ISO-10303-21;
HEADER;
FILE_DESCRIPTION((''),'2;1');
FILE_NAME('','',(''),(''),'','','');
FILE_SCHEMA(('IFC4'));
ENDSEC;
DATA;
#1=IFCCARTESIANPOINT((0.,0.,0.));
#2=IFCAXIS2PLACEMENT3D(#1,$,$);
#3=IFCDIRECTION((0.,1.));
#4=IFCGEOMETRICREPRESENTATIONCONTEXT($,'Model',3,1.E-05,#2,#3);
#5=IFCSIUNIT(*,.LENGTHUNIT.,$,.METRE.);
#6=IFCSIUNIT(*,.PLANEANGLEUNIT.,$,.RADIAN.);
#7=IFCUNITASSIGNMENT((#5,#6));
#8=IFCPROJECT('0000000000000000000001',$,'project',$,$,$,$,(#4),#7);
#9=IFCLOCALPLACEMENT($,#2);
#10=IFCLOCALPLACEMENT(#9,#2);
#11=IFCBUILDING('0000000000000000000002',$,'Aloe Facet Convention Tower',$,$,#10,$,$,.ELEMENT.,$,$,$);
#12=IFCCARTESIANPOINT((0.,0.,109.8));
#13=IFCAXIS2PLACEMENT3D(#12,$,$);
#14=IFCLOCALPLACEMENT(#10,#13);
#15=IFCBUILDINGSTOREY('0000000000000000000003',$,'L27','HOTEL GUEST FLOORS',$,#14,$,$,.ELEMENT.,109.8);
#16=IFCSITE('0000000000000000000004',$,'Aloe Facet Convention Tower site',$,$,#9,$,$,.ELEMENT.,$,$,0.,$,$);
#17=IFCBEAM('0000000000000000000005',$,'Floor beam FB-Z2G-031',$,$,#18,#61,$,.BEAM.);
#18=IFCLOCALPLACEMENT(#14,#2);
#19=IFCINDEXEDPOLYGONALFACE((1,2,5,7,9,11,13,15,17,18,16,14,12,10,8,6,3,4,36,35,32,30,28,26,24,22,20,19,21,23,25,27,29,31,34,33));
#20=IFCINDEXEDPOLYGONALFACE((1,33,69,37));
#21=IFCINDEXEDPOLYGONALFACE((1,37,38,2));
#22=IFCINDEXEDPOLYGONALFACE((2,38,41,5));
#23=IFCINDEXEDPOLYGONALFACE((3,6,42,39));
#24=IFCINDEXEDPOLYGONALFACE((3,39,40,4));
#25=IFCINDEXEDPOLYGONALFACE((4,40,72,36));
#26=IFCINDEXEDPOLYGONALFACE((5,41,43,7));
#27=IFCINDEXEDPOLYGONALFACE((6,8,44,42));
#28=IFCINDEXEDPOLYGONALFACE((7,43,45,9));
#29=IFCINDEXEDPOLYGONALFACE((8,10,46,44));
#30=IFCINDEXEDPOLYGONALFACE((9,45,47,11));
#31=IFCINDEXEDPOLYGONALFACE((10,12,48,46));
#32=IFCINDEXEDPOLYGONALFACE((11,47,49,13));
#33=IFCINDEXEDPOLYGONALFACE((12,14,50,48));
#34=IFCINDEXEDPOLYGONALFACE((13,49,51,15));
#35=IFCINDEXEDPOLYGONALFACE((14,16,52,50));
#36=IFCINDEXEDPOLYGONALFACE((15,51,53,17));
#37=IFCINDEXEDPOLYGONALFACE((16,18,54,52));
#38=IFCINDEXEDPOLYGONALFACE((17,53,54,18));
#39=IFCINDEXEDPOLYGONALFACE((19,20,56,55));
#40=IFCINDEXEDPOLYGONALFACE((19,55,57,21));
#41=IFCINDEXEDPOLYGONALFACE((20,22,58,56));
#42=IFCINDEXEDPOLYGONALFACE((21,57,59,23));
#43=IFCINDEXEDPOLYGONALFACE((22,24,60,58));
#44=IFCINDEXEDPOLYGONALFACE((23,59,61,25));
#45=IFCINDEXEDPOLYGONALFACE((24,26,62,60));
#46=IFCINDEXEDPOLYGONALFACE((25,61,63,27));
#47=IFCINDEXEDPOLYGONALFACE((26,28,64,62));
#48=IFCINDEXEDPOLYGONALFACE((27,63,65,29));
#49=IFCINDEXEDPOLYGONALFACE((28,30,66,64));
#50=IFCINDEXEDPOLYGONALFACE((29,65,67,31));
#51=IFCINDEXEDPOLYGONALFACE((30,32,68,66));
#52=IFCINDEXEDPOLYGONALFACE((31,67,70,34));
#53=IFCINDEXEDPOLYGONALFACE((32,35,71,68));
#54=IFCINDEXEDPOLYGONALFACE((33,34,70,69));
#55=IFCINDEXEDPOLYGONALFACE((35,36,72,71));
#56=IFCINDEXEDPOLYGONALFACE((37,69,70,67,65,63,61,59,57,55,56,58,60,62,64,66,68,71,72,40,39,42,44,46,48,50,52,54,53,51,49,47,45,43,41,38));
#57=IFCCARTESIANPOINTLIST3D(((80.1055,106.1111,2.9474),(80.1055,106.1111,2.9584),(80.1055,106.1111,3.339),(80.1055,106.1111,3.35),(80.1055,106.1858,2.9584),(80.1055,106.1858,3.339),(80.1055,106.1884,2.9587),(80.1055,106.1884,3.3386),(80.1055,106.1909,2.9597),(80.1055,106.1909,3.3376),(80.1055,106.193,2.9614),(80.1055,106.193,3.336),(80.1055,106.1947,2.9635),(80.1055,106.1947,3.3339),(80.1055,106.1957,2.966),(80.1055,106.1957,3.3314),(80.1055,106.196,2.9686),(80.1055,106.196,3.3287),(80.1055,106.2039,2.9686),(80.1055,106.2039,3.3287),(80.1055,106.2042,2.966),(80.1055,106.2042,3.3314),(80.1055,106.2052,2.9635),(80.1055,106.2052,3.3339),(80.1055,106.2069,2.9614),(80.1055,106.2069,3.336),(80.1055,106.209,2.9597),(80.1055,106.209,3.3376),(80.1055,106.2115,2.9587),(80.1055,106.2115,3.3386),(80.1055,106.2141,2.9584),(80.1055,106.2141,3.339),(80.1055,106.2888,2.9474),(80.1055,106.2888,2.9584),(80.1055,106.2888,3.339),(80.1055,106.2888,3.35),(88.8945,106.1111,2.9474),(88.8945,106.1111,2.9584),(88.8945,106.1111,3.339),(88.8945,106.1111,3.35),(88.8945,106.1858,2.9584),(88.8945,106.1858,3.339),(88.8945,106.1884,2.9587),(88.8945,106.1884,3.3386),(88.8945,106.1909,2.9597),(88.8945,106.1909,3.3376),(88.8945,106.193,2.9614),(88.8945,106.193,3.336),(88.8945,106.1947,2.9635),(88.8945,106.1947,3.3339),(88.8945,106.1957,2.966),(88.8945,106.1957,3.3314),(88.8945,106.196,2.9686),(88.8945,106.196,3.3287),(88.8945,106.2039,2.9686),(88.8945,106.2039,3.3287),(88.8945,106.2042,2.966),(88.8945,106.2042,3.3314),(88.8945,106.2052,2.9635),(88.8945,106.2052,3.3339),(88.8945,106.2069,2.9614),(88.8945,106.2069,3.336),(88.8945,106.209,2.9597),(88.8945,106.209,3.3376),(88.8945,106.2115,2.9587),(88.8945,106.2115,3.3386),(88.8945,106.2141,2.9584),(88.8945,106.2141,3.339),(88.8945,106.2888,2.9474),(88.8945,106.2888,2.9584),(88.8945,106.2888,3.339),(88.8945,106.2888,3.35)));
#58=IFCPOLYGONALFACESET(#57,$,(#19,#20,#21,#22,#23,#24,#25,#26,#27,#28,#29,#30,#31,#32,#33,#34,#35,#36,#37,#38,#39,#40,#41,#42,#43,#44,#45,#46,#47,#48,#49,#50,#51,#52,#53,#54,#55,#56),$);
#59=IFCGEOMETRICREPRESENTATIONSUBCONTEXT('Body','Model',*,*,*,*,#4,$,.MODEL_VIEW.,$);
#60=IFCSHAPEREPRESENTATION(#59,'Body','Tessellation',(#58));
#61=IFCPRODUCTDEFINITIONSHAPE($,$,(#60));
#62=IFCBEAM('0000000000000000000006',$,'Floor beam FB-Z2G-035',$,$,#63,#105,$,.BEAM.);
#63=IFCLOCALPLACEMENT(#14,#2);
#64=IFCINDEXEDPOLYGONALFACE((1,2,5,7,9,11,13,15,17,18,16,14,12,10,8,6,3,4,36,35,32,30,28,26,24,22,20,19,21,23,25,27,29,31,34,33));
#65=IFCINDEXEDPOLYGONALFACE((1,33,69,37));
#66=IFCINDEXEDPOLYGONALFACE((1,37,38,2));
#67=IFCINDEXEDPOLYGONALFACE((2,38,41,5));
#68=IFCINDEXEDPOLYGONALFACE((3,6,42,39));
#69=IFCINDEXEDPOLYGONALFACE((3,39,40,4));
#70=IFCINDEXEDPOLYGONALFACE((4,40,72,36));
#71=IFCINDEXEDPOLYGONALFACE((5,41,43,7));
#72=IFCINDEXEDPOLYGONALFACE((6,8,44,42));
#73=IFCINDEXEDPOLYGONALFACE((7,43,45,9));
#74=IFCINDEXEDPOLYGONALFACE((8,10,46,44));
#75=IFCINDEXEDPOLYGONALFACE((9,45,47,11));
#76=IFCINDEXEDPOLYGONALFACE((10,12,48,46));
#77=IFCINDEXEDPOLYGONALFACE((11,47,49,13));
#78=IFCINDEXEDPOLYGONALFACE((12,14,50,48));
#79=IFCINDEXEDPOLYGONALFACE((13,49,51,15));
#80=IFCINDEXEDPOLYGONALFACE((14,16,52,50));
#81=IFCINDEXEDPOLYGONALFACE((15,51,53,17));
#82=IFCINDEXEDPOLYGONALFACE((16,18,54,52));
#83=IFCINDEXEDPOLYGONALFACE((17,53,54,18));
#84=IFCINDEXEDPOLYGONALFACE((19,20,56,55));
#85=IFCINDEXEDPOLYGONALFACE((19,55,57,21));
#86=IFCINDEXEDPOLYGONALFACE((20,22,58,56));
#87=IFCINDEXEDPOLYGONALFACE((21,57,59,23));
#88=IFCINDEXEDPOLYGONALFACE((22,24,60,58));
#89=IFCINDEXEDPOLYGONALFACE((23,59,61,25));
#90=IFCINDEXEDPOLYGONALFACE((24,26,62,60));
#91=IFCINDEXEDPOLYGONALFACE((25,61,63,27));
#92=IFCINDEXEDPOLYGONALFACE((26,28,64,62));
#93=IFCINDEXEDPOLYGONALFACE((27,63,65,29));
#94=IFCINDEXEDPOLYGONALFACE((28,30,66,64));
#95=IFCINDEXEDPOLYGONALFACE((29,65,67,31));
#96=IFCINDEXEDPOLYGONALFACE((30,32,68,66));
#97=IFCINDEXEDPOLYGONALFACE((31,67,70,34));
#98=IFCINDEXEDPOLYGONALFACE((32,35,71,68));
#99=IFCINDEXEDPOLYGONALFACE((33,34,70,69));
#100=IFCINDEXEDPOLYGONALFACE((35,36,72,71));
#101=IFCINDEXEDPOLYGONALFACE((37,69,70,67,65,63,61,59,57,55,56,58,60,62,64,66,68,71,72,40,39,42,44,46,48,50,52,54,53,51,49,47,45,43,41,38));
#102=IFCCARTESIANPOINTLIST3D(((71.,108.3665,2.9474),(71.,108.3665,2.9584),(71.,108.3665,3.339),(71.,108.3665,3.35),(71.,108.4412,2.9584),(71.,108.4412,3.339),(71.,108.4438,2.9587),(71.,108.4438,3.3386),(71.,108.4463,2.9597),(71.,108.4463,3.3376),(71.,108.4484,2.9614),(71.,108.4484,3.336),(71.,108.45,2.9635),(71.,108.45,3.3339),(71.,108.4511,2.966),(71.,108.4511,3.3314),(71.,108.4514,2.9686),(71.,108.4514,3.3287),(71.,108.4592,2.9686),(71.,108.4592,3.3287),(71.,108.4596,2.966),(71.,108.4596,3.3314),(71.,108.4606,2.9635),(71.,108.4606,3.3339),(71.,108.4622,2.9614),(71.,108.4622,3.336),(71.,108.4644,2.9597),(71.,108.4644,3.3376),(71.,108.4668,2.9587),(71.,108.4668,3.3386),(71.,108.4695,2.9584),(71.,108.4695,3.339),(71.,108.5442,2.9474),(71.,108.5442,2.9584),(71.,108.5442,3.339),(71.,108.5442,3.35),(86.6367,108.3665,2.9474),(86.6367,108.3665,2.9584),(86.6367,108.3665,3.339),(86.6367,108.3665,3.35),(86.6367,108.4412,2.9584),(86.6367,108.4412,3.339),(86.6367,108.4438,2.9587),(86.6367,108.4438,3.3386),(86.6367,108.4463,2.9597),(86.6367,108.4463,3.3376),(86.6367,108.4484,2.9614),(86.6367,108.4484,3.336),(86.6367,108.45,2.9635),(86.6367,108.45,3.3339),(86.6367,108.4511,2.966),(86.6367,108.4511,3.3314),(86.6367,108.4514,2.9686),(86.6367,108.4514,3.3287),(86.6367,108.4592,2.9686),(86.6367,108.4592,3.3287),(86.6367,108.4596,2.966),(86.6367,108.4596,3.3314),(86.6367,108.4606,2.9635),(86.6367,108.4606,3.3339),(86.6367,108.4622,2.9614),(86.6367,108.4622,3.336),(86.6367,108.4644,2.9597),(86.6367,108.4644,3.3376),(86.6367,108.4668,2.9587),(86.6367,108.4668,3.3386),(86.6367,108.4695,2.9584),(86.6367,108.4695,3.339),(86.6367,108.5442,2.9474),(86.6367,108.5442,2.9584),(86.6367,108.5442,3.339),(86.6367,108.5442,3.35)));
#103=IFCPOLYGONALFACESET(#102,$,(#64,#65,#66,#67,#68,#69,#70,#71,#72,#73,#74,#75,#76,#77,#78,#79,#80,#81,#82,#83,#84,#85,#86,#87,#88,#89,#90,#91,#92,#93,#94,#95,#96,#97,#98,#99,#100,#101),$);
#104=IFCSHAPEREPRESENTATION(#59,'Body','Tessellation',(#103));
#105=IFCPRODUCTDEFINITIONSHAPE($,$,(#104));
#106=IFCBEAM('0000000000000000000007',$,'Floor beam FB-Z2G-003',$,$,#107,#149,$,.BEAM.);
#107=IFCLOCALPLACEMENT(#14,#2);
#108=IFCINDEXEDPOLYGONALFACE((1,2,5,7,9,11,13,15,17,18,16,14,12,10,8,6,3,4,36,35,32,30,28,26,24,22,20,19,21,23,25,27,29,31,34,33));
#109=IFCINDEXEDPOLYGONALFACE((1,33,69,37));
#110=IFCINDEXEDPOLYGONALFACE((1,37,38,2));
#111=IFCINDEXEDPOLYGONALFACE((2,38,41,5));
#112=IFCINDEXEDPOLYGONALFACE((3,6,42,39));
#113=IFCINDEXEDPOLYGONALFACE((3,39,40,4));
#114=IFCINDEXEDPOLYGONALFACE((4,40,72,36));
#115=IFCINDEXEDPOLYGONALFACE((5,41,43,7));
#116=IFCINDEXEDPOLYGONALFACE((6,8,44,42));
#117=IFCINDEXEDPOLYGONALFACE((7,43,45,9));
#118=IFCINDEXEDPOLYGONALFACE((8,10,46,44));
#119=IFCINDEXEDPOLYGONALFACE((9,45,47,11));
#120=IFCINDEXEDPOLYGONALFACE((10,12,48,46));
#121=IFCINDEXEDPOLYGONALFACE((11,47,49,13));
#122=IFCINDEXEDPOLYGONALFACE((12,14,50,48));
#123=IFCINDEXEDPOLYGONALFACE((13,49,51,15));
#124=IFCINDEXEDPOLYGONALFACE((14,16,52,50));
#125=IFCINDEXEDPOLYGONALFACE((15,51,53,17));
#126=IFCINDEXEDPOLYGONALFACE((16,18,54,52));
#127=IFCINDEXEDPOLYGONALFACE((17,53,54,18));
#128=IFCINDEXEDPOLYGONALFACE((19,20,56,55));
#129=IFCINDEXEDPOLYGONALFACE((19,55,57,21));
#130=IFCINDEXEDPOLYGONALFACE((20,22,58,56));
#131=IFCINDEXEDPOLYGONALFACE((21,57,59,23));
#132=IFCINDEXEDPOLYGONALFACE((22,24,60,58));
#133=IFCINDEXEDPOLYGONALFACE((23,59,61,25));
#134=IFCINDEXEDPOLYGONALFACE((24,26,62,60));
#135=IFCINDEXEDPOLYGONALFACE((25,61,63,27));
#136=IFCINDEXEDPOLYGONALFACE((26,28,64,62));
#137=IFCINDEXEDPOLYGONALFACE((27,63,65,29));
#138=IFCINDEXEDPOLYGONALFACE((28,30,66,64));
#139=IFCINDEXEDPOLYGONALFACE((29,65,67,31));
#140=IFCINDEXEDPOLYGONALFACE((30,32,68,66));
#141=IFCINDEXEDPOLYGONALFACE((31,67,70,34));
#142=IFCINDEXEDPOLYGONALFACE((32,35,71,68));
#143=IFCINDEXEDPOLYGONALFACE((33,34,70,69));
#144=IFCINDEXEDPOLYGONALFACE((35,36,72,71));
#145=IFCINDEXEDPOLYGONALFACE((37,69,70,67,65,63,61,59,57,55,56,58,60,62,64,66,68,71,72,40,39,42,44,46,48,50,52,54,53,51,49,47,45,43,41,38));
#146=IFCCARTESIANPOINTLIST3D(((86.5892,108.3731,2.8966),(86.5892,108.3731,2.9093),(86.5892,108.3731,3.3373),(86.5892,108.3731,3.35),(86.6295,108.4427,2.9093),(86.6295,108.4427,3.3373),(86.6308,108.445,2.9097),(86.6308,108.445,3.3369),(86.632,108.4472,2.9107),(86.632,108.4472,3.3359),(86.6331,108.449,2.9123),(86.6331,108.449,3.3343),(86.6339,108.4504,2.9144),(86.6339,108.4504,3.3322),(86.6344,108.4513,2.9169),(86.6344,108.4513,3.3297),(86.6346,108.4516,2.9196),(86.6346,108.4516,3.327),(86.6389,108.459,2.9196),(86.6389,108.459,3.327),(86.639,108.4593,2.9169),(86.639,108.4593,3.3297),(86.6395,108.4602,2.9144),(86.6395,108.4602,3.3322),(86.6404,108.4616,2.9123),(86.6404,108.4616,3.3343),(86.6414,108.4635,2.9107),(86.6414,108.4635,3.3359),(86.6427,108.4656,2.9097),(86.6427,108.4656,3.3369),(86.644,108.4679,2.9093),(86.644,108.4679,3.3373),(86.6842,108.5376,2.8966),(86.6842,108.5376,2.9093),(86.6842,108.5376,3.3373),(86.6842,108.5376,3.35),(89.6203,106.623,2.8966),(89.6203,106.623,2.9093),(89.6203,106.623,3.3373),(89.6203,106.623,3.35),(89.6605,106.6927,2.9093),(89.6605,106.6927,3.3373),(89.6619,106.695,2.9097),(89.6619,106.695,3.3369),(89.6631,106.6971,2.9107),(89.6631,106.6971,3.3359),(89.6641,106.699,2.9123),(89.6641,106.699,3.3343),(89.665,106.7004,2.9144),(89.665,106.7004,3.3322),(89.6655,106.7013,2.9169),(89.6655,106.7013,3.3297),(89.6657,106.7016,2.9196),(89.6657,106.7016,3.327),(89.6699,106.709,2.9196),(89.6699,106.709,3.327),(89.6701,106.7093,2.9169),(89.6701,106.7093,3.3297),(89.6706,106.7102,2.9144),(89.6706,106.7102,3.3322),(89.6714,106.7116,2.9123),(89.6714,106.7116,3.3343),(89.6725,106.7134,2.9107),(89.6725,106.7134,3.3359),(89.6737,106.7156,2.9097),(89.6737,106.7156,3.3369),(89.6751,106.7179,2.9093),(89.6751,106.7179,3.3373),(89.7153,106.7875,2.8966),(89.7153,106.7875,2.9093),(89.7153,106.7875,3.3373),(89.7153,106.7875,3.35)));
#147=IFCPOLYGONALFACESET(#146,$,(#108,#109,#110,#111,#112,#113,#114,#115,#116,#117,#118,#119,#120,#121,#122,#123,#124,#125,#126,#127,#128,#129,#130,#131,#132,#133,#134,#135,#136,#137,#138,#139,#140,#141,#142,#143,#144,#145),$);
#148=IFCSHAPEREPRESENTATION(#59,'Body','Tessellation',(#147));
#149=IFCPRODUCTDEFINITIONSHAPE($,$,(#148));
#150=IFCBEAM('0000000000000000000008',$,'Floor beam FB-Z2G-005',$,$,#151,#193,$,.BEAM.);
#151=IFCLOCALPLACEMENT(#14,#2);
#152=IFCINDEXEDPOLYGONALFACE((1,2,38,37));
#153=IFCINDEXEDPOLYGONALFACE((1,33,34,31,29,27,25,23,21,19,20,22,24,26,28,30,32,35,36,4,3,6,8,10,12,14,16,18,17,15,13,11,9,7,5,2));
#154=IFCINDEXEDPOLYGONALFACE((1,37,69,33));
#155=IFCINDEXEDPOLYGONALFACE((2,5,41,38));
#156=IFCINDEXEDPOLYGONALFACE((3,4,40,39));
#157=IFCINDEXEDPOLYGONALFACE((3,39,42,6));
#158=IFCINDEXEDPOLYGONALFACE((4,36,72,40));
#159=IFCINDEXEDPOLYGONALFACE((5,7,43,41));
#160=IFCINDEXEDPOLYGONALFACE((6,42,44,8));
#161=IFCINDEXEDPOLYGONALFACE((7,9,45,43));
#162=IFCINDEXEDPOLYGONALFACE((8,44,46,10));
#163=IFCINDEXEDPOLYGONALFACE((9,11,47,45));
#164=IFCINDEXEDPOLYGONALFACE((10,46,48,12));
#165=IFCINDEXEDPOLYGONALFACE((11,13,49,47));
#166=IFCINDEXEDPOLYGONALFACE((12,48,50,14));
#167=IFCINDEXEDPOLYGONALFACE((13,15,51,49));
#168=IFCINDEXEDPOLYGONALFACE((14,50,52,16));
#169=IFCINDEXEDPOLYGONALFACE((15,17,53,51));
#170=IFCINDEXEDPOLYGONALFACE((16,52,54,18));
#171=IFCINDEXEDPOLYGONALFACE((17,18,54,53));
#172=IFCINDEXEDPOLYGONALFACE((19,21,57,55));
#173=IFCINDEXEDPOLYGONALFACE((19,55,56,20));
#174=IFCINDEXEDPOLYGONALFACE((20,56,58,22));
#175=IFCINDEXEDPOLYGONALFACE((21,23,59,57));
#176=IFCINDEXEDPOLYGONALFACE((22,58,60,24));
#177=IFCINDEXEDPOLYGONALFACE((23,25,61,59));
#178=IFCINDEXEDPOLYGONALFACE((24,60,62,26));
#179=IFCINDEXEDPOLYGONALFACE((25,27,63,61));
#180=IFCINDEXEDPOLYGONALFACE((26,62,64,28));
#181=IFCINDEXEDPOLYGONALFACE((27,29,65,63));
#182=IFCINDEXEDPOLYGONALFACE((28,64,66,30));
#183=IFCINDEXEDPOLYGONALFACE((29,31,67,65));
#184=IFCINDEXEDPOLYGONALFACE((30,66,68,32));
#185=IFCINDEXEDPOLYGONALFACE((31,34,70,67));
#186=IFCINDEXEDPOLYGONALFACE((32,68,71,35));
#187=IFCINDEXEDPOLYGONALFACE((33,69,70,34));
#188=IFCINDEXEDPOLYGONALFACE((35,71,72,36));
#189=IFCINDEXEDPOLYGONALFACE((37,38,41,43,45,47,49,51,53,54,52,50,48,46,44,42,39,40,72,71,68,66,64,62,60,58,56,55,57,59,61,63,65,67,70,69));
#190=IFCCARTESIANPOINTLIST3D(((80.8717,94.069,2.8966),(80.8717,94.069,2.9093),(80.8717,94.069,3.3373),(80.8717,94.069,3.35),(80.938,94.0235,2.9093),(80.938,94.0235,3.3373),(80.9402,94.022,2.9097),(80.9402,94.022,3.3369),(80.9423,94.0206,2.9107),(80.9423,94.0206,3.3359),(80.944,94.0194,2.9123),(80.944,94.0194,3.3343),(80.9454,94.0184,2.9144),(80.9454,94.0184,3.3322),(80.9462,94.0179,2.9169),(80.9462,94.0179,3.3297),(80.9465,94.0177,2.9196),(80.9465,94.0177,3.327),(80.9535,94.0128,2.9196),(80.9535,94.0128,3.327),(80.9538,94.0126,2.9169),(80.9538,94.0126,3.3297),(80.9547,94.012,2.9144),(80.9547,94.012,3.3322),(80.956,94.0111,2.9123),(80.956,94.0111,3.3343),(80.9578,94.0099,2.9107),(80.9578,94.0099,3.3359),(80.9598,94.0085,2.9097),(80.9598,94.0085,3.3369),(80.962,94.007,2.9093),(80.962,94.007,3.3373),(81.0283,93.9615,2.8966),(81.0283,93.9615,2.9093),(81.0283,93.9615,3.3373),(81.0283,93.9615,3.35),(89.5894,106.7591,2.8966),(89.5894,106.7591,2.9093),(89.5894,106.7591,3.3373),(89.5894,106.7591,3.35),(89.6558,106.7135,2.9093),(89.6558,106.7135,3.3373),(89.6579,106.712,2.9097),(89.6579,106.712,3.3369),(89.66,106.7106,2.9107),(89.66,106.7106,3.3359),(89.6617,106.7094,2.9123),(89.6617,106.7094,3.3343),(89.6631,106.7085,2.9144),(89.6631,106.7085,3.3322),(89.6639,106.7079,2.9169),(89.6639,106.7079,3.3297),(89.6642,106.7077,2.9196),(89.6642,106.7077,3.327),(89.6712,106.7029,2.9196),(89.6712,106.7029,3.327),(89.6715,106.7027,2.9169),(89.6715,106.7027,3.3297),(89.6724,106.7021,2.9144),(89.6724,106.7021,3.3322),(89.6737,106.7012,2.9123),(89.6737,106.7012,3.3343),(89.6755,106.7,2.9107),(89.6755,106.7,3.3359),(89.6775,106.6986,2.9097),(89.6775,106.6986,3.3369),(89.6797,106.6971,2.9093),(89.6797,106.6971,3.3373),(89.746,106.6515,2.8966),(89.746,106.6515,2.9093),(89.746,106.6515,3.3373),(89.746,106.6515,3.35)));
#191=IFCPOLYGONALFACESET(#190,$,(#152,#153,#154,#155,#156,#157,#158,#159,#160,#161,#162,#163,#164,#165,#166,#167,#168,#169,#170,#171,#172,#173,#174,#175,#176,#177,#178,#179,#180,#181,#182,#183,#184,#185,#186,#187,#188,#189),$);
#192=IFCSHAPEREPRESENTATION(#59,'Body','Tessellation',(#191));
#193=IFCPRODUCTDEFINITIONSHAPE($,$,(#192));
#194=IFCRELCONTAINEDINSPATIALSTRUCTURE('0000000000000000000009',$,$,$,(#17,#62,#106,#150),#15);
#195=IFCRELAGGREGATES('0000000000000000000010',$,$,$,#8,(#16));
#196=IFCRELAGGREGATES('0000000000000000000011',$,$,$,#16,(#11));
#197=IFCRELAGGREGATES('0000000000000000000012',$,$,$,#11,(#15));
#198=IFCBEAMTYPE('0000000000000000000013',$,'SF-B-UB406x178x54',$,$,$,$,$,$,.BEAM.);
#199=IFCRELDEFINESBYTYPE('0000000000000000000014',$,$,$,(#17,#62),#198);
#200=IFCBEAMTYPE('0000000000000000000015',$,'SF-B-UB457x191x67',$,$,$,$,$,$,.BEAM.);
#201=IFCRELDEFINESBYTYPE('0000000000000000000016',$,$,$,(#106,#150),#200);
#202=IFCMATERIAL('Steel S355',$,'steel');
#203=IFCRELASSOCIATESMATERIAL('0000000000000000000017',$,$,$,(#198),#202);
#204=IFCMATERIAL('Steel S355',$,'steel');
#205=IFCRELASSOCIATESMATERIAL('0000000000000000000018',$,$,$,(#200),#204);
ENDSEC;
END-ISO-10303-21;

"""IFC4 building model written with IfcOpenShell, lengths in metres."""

from ifc_helpers import new_model, si_unit, direction, frame, origin, origin_2d, place, context, subcontext, project, spatial, i_section, extrude, material, material_profile, profile_set, type_object, element, save


model = new_model("IFC4")

# Units and contexts
model_context = context("Model", 3, precision=1e-05, world=origin(), true_north=direction((0.0, 1.0)))
body_context = subcontext(model_context, "Body", "Model", "MODEL_VIEW")
ifc_project = project(units=[si_unit("LENGTHUNIT", "METRE"), si_unit("PLANEANGLEUNIT", "RADIAN")], contexts=[model_context])

# Site, building, storey
site_placement = place(None, origin())
site = spatial("IfcSite", under=ifc_project, at=site_placement, Name="Aloe Facet Convention Tower site", CompositionType="ELEMENT", RefElevation=0.0)
building_placement = place(site_placement, origin())
building = spatial("IfcBuilding", under=site, at=building_placement, Name="Aloe Facet Convention Tower", CompositionType="ELEMENT")
storey_placement = place(building_placement, frame((0.0, 0.0, 109.8)))
storey = spatial("IfcBuildingStorey", under=building, at=storey_placement, Name="L27", Description="HOTEL GUEST FLOORS", CompositionType="ELEMENT", Elevation=109.8)

# Beams
ifc_material_1 = material(Name="Steel S355", Category="steel")
ifc_material_profile_1 = material_profile(ifc_material_1, i_section(OverallWidth=0.1777, OverallDepth=0.4026, WebThickness=0.0078, FlangeThickness=0.011, FilletRadius=0.0103, at=origin_2d()), Name="UB 406x178x54")
ifc_profile_set_1 = profile_set([ifc_material_profile_1], Name="Steel S355")
beam_type_1 = type_object("IfcBeamType", Name="SF-B-UB406x178x54", PredefinedType="BEAM", material=ifc_profile_set_1)
beam_1_placement = place(storey_placement, frame((80.1055, 106.2, 3.1487), z_axis=(1.0, 0.0, 0.0), x_axis=(0.0, 1.0, 0.0)))
element("IfcBeam", 1, at=beam_1_placement, inside=storey, type_object=beam_type_1, Name="Floor beam FB-Z2G-031", PredefinedType="BEAM", context=body_context, shape_type="SweptSolid", body=[
    extrude(i_section(OverallWidth=0.1777, OverallDepth=0.4026, WebThickness=0.0078, FlangeThickness=0.011, FilletRadius=0.0103, at=origin_2d()), origin(), (0.0, 0.0, 1.0), 8.7891),
])
beam_2_placement = place(storey_placement, frame((86.6367, 108.4553, 3.1487), z_axis=(-1.0, 0.0, 0.0), x_axis=(0.0, -1.0, 0.0)))
element("IfcBeam", 2, at=beam_2_placement, inside=storey, type_object=beam_type_1, Name="Floor beam FB-Z2G-035", PredefinedType="BEAM", context=body_context, shape_type="SweptSolid", body=[
    extrude(i_section(OverallWidth=0.1777, OverallDepth=0.4026, WebThickness=0.0078, FlangeThickness=0.011, FilletRadius=0.0103, at=origin_2d()), origin(), (0.0, 0.0, 1.0), 15.6367),
])
ifc_material_2 = material(Name="Steel S355", Category="steel")
ifc_material_profile_2 = material_profile(ifc_material_2, i_section(OverallWidth=0.1899, OverallDepth=0.4534, WebThickness=0.0085, FlangeThickness=0.0127, FilletRadius=0.0103, at=origin_2d()), Name="UB 457x191x67")
ifc_profile_set_2 = profile_set([ifc_material_profile_2], Name="Steel S355")
beam_type_2 = type_object("IfcBeamType", Name="SF-B-UB457x191x67", PredefinedType="BEAM", material=ifc_profile_set_2)
beam_3_placement = place(storey_placement, frame((86.6367, 108.4553, 3.1233), z_axis=(0.866019, -0.50001, 0.0), x_axis=(0.50001, 0.866019, 0.0)))
element("IfcBeam", 3, at=beam_3_placement, inside=storey, type_object=beam_type_2, Name="Floor beam FB-Z2G-003", PredefinedType="BEAM", context=body_context, shape_type="SweptSolid", body=[
    extrude(i_section(OverallWidth=0.1899, OverallDepth=0.4534, WebThickness=0.0085, FlangeThickness=0.0127, FilletRadius=0.0103, at=origin_2d()), origin(), (0.0, 0.0, 1.0), 3.5),
])
beam_4_placement = place(storey_placement, frame((89.6677, 106.7053, 3.1233), z_axis=(-0.566232, -0.824246, 0.0), x_axis=(0.824246, -0.566232, 0.0)))
element("IfcBeam", 4, at=beam_4_placement, inside=storey, type_object=beam_type_2, Name="Floor beam FB-Z2G-005", PredefinedType="BEAM", context=body_context, shape_type="SweptSolid", body=[
    extrude(i_section(OverallWidth=0.1899, OverallDepth=0.4534, WebThickness=0.0085, FlangeThickness=0.0127, FilletRadius=0.0103, at=origin_2d()), origin(), (0.0, 0.0, 1.0), 15.396),
])

save(model, "model.ifc")
